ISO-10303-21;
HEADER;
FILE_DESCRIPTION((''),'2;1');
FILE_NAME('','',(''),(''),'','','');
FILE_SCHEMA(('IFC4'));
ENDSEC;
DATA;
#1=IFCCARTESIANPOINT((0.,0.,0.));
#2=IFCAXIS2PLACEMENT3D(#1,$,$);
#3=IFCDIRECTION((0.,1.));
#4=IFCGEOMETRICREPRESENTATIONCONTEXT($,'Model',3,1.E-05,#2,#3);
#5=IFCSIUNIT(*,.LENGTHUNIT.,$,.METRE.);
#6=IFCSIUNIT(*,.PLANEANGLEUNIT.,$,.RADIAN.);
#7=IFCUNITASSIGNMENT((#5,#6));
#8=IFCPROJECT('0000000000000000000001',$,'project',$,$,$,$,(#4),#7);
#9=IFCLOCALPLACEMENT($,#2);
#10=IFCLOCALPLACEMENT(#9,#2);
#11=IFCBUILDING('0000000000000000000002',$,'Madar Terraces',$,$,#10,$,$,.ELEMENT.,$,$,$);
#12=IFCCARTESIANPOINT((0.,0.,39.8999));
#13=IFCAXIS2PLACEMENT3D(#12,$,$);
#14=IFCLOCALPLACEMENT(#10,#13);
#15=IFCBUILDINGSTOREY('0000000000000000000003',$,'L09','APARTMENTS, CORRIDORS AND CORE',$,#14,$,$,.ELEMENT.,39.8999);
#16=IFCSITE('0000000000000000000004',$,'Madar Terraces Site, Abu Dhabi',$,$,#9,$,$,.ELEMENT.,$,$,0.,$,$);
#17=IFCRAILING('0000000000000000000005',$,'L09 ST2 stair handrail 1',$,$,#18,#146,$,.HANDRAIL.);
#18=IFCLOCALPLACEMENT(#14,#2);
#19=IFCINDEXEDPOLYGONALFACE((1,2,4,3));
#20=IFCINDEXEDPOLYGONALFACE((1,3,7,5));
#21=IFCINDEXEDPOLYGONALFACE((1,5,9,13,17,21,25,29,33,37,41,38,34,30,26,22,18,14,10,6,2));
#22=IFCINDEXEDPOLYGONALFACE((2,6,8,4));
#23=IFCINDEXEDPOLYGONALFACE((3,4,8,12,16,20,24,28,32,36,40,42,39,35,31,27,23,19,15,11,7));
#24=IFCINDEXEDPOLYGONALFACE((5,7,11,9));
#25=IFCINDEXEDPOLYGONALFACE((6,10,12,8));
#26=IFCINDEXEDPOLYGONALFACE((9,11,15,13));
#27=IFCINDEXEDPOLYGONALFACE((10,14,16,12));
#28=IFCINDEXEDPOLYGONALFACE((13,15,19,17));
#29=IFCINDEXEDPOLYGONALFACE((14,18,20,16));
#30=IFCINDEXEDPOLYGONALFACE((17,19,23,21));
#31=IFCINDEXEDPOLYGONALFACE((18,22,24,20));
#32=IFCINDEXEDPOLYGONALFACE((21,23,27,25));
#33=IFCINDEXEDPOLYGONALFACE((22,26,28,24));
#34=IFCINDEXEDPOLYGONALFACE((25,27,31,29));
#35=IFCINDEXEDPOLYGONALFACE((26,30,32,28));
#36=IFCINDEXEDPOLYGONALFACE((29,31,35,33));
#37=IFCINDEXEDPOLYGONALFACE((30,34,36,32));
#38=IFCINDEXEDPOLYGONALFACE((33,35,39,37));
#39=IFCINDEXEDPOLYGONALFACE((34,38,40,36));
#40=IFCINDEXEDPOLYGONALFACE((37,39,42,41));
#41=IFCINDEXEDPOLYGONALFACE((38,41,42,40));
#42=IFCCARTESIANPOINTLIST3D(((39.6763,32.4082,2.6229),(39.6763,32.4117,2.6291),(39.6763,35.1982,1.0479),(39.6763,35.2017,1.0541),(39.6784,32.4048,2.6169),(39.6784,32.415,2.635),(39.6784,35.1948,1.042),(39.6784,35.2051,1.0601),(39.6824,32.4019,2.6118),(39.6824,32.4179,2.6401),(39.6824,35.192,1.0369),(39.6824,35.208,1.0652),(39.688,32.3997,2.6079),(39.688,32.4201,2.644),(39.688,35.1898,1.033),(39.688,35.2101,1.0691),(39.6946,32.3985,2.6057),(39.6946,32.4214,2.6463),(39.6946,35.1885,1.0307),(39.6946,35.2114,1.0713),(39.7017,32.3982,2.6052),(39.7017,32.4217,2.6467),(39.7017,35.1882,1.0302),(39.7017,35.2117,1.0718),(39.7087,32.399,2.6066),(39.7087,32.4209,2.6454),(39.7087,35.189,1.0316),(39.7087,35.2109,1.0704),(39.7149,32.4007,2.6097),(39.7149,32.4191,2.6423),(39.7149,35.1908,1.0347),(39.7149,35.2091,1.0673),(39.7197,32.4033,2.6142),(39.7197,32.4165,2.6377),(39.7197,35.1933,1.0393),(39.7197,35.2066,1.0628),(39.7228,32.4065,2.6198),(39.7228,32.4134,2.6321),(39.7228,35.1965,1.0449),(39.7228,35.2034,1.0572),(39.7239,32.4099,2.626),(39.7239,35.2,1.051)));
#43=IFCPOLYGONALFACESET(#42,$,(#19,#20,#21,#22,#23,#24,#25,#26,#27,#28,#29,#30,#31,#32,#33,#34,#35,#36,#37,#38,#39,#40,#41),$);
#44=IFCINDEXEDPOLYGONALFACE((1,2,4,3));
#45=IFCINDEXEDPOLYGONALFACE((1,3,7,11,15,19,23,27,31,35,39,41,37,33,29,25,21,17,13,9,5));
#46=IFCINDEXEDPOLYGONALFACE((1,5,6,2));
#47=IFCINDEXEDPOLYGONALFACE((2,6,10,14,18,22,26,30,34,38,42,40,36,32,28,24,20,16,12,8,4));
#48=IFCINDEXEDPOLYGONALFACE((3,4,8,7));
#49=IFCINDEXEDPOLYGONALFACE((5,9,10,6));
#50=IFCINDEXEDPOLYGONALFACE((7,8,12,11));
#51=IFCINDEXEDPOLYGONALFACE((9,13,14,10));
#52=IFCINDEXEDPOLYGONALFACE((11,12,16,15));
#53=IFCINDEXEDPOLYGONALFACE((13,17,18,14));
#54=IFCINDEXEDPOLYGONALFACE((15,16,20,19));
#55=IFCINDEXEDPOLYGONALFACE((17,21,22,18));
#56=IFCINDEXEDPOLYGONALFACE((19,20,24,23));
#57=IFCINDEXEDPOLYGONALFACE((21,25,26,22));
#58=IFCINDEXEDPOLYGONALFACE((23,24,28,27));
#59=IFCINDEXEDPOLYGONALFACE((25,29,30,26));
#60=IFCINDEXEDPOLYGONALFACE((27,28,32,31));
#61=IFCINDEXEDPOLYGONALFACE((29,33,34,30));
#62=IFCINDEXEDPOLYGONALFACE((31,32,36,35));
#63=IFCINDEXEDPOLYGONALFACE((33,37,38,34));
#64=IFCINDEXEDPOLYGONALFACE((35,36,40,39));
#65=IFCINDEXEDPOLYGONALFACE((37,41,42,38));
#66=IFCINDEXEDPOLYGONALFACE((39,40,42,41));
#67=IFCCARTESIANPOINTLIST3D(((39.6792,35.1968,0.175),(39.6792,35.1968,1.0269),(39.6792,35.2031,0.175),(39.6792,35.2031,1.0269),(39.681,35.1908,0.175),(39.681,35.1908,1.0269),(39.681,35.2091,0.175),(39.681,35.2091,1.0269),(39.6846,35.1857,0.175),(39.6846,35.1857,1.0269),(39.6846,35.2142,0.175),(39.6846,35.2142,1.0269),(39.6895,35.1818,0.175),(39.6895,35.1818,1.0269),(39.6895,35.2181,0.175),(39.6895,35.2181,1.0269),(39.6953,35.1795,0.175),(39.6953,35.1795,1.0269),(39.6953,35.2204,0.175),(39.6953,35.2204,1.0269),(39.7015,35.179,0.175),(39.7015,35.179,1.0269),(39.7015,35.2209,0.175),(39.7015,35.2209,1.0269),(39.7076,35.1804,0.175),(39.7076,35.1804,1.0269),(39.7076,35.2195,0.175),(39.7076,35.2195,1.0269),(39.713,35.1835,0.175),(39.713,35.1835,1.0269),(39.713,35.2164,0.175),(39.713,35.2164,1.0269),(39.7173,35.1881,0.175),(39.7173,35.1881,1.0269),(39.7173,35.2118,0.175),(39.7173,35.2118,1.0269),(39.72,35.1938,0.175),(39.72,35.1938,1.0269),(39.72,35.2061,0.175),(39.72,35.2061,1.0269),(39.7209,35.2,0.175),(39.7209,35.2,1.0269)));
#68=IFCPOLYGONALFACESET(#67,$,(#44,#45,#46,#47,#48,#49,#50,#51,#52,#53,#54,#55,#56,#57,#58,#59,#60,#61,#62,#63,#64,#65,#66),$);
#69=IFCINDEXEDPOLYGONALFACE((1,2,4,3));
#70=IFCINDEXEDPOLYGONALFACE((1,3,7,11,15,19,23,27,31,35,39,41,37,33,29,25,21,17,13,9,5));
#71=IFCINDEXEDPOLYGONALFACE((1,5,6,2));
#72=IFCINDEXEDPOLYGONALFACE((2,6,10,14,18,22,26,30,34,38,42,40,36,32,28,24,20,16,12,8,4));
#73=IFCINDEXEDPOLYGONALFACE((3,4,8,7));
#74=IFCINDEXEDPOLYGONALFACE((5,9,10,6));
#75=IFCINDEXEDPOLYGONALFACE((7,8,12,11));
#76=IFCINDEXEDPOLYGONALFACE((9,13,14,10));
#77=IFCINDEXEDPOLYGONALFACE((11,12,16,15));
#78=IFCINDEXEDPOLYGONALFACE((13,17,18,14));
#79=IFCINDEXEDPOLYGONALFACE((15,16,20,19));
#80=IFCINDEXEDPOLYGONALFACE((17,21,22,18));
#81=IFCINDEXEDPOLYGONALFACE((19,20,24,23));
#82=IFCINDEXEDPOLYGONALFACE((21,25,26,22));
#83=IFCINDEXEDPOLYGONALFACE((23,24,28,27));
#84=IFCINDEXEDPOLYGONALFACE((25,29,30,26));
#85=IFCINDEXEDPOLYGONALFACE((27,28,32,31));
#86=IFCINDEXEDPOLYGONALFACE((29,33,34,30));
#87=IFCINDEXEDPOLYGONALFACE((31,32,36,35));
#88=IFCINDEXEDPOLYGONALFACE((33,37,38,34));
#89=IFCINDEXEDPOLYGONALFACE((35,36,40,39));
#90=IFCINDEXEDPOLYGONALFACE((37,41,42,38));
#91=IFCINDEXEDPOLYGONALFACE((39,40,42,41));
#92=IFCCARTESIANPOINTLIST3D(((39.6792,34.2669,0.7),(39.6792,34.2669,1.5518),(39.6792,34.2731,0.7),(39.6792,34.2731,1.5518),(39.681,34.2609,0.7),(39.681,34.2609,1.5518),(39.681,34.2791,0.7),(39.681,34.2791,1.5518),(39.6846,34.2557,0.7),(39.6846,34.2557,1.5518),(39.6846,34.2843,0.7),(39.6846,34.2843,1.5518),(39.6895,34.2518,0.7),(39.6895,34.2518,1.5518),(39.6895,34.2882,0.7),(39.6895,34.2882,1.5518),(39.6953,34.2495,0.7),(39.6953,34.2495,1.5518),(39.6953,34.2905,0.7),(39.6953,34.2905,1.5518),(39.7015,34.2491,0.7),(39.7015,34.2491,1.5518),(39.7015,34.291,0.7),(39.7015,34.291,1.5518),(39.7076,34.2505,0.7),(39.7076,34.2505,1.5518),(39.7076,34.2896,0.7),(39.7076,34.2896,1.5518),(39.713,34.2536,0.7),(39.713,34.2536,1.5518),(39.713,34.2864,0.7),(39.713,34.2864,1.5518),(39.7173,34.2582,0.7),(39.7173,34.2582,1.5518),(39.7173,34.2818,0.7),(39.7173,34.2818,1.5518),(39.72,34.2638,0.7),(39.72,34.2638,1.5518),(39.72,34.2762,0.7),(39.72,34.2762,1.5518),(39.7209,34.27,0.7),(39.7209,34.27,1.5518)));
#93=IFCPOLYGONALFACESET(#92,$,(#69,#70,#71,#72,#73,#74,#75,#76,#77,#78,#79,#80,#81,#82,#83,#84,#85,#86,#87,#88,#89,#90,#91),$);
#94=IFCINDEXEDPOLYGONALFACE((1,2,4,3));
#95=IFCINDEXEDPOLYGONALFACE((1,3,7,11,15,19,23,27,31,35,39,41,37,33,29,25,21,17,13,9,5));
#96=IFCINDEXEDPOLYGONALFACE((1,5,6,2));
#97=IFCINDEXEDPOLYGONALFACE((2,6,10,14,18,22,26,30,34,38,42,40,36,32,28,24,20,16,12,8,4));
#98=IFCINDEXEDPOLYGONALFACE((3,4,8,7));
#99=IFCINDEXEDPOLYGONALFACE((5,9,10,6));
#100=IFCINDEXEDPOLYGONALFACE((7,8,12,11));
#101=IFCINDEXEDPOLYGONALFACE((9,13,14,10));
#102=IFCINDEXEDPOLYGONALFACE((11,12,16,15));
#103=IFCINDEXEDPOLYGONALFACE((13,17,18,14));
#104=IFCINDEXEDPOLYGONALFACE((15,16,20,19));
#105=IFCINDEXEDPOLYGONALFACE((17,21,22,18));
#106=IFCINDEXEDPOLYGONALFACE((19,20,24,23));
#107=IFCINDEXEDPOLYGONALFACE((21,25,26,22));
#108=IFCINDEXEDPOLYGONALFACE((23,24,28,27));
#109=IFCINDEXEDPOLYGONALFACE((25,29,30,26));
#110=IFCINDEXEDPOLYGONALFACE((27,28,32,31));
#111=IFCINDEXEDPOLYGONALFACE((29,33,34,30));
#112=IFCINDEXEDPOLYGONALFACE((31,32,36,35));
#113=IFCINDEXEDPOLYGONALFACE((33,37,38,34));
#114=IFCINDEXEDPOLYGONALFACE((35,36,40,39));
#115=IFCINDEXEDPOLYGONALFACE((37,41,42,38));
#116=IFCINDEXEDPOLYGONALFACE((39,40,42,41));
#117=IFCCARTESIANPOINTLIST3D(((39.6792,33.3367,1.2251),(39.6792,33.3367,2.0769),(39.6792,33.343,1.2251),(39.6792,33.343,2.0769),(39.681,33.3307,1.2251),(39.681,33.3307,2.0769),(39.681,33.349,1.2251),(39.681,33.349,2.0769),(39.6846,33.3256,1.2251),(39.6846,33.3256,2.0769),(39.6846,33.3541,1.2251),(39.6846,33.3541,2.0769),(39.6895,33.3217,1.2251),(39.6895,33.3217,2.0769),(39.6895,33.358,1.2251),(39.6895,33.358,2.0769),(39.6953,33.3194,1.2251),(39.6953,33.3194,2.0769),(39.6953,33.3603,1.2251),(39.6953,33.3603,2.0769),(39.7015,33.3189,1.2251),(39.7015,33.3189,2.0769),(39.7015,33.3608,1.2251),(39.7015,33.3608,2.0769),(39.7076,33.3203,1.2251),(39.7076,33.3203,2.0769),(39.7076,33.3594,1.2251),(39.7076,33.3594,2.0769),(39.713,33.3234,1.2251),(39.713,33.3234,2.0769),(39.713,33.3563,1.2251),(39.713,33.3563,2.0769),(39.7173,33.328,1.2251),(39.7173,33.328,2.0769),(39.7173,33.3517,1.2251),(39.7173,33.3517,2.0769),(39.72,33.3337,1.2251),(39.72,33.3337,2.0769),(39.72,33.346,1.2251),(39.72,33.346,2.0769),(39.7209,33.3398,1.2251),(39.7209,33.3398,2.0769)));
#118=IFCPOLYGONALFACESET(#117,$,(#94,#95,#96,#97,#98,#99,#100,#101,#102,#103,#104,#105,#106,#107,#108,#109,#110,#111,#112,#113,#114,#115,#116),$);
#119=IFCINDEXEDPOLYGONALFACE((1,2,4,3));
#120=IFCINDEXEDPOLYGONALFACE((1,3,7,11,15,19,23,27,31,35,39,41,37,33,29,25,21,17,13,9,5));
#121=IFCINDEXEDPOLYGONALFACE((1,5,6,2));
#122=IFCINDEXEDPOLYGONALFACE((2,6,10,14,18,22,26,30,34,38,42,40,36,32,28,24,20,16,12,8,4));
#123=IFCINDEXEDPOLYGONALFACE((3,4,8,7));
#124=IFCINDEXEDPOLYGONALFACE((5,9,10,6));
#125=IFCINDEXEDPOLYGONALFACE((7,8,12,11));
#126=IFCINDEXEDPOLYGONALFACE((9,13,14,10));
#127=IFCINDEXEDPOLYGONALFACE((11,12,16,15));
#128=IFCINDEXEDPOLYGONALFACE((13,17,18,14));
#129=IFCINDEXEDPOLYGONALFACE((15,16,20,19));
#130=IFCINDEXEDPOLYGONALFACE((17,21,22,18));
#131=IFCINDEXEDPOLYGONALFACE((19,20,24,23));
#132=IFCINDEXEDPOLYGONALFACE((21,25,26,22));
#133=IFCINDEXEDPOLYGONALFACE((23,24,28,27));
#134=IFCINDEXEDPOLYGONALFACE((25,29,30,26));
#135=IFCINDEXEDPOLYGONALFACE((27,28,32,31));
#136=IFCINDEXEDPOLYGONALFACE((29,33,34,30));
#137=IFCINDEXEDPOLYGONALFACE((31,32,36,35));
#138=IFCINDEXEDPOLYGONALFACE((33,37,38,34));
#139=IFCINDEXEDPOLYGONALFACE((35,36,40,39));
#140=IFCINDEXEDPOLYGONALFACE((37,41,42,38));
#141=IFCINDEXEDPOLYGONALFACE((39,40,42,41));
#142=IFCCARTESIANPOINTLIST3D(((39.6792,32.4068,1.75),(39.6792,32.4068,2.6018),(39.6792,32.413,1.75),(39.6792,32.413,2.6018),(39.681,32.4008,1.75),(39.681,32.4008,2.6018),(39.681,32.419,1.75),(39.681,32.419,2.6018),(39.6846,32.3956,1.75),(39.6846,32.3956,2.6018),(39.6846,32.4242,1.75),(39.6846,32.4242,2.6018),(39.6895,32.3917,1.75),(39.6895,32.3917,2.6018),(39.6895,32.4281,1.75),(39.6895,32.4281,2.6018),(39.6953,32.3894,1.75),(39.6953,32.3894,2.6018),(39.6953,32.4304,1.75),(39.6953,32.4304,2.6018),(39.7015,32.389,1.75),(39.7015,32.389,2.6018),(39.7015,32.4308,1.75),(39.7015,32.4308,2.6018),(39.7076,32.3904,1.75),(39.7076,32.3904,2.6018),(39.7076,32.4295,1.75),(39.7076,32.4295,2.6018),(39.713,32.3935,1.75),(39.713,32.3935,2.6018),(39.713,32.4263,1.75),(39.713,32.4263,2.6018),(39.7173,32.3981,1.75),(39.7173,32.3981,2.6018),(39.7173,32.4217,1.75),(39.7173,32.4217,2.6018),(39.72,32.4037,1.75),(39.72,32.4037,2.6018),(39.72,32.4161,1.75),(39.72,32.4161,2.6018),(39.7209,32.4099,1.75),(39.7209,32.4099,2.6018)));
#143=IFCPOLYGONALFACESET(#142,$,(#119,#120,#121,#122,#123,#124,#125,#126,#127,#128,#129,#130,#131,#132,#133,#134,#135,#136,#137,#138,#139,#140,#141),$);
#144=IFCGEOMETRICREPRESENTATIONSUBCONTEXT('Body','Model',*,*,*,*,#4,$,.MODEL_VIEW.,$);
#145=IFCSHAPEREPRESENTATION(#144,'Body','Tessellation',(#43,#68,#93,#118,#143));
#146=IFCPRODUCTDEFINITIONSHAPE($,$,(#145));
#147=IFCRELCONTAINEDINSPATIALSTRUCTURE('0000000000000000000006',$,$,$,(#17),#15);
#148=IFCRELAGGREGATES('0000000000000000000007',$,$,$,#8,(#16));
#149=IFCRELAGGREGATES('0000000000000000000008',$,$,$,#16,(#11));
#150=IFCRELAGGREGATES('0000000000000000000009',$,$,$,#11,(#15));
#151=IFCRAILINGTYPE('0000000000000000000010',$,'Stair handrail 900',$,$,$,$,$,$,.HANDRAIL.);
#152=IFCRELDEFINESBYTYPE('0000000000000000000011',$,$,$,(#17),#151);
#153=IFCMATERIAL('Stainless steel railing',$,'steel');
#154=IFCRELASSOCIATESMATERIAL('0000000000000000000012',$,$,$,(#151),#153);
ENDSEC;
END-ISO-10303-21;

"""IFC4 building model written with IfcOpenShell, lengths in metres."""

from ifc_helpers import new_model, si_unit, direction, frame, origin, origin_2d, place, context, subcontext, project, spatial, circle, extrude, material, type_object, element, save


model = new_model("IFC4")

# Units and contexts
model_context = context("Model", 3, precision=1e-05, world=origin(), true_north=direction((0.0, 1.0)))
body_context = subcontext(model_context, "Body", "Model", "MODEL_VIEW")
ifc_project = project(units=[si_unit("LENGTHUNIT", "METRE"), si_unit("PLANEANGLEUNIT", "RADIAN")], contexts=[model_context])

# Site, building, storey
site_placement = place(None, origin())
site = spatial("IfcSite", under=ifc_project, at=site_placement, Name="Madar Terraces Site, Abu Dhabi", CompositionType="ELEMENT", RefElevation=0.0)
building_placement = place(site_placement, origin())
building = spatial("IfcBuilding", under=site, at=building_placement, Name="Madar Terraces", CompositionType="ELEMENT")
storey_placement = place(building_placement, frame((0.0, 0.0, 39.8999)))
storey = spatial("IfcBuildingStorey", under=building, at=storey_placement, Name="L09", Description="APARTMENTS, CORRIDORS AND CORE", CompositionType="ELEMENT", Elevation=39.8999)

# Railing
ifc_material_1 = material(Name="Stainless steel railing", Category="steel")
railing_type_1 = type_object("IfcRailingType", Name="Stair handrail 900", PredefinedType="HANDRAIL", material=ifc_material_1)
railing_1_placement = place(storey_placement, frame((39.7, 35.2, 0.175)))
element("IfcRailing", 1, at=railing_1_placement, inside=storey, type_object=railing_type_1, Name="L09 ST2 stair handrail 1", PredefinedType="HANDRAIL", context=body_context, shape_type="SweptSolid", body=[
    extrude(circle(Radius=0.0239, at=origin_2d()), frame((0.0, 0.0, 0.876), z_axis=(0.0, -0.870834, 0.491578), x_axis=(1.0, 0.0, 0.0)), (0.0, 0.0, 1.0), 3.2039),
    extrude(circle(Radius=0.021, at=origin_2d()), origin(), (0.0, 0.0, 1.0), 0.8518),
    extrude(circle(Radius=0.021, at=origin_2d()), frame((0.0, -0.9299, 0.5249)), (0.0, 0.0, 1.0), 0.8518),
    extrude(circle(Radius=0.021, at=origin_2d()), frame((0.0, -1.8601, 1.05)), (0.0, 0.0, 1.0), 0.8518),
    extrude(circle(Radius=0.021, at=origin_2d()), frame((0.0, -2.79, 1.575)), (0.0, 0.0, 1.0), 0.8518),
])

save(model, "model.ifc")
